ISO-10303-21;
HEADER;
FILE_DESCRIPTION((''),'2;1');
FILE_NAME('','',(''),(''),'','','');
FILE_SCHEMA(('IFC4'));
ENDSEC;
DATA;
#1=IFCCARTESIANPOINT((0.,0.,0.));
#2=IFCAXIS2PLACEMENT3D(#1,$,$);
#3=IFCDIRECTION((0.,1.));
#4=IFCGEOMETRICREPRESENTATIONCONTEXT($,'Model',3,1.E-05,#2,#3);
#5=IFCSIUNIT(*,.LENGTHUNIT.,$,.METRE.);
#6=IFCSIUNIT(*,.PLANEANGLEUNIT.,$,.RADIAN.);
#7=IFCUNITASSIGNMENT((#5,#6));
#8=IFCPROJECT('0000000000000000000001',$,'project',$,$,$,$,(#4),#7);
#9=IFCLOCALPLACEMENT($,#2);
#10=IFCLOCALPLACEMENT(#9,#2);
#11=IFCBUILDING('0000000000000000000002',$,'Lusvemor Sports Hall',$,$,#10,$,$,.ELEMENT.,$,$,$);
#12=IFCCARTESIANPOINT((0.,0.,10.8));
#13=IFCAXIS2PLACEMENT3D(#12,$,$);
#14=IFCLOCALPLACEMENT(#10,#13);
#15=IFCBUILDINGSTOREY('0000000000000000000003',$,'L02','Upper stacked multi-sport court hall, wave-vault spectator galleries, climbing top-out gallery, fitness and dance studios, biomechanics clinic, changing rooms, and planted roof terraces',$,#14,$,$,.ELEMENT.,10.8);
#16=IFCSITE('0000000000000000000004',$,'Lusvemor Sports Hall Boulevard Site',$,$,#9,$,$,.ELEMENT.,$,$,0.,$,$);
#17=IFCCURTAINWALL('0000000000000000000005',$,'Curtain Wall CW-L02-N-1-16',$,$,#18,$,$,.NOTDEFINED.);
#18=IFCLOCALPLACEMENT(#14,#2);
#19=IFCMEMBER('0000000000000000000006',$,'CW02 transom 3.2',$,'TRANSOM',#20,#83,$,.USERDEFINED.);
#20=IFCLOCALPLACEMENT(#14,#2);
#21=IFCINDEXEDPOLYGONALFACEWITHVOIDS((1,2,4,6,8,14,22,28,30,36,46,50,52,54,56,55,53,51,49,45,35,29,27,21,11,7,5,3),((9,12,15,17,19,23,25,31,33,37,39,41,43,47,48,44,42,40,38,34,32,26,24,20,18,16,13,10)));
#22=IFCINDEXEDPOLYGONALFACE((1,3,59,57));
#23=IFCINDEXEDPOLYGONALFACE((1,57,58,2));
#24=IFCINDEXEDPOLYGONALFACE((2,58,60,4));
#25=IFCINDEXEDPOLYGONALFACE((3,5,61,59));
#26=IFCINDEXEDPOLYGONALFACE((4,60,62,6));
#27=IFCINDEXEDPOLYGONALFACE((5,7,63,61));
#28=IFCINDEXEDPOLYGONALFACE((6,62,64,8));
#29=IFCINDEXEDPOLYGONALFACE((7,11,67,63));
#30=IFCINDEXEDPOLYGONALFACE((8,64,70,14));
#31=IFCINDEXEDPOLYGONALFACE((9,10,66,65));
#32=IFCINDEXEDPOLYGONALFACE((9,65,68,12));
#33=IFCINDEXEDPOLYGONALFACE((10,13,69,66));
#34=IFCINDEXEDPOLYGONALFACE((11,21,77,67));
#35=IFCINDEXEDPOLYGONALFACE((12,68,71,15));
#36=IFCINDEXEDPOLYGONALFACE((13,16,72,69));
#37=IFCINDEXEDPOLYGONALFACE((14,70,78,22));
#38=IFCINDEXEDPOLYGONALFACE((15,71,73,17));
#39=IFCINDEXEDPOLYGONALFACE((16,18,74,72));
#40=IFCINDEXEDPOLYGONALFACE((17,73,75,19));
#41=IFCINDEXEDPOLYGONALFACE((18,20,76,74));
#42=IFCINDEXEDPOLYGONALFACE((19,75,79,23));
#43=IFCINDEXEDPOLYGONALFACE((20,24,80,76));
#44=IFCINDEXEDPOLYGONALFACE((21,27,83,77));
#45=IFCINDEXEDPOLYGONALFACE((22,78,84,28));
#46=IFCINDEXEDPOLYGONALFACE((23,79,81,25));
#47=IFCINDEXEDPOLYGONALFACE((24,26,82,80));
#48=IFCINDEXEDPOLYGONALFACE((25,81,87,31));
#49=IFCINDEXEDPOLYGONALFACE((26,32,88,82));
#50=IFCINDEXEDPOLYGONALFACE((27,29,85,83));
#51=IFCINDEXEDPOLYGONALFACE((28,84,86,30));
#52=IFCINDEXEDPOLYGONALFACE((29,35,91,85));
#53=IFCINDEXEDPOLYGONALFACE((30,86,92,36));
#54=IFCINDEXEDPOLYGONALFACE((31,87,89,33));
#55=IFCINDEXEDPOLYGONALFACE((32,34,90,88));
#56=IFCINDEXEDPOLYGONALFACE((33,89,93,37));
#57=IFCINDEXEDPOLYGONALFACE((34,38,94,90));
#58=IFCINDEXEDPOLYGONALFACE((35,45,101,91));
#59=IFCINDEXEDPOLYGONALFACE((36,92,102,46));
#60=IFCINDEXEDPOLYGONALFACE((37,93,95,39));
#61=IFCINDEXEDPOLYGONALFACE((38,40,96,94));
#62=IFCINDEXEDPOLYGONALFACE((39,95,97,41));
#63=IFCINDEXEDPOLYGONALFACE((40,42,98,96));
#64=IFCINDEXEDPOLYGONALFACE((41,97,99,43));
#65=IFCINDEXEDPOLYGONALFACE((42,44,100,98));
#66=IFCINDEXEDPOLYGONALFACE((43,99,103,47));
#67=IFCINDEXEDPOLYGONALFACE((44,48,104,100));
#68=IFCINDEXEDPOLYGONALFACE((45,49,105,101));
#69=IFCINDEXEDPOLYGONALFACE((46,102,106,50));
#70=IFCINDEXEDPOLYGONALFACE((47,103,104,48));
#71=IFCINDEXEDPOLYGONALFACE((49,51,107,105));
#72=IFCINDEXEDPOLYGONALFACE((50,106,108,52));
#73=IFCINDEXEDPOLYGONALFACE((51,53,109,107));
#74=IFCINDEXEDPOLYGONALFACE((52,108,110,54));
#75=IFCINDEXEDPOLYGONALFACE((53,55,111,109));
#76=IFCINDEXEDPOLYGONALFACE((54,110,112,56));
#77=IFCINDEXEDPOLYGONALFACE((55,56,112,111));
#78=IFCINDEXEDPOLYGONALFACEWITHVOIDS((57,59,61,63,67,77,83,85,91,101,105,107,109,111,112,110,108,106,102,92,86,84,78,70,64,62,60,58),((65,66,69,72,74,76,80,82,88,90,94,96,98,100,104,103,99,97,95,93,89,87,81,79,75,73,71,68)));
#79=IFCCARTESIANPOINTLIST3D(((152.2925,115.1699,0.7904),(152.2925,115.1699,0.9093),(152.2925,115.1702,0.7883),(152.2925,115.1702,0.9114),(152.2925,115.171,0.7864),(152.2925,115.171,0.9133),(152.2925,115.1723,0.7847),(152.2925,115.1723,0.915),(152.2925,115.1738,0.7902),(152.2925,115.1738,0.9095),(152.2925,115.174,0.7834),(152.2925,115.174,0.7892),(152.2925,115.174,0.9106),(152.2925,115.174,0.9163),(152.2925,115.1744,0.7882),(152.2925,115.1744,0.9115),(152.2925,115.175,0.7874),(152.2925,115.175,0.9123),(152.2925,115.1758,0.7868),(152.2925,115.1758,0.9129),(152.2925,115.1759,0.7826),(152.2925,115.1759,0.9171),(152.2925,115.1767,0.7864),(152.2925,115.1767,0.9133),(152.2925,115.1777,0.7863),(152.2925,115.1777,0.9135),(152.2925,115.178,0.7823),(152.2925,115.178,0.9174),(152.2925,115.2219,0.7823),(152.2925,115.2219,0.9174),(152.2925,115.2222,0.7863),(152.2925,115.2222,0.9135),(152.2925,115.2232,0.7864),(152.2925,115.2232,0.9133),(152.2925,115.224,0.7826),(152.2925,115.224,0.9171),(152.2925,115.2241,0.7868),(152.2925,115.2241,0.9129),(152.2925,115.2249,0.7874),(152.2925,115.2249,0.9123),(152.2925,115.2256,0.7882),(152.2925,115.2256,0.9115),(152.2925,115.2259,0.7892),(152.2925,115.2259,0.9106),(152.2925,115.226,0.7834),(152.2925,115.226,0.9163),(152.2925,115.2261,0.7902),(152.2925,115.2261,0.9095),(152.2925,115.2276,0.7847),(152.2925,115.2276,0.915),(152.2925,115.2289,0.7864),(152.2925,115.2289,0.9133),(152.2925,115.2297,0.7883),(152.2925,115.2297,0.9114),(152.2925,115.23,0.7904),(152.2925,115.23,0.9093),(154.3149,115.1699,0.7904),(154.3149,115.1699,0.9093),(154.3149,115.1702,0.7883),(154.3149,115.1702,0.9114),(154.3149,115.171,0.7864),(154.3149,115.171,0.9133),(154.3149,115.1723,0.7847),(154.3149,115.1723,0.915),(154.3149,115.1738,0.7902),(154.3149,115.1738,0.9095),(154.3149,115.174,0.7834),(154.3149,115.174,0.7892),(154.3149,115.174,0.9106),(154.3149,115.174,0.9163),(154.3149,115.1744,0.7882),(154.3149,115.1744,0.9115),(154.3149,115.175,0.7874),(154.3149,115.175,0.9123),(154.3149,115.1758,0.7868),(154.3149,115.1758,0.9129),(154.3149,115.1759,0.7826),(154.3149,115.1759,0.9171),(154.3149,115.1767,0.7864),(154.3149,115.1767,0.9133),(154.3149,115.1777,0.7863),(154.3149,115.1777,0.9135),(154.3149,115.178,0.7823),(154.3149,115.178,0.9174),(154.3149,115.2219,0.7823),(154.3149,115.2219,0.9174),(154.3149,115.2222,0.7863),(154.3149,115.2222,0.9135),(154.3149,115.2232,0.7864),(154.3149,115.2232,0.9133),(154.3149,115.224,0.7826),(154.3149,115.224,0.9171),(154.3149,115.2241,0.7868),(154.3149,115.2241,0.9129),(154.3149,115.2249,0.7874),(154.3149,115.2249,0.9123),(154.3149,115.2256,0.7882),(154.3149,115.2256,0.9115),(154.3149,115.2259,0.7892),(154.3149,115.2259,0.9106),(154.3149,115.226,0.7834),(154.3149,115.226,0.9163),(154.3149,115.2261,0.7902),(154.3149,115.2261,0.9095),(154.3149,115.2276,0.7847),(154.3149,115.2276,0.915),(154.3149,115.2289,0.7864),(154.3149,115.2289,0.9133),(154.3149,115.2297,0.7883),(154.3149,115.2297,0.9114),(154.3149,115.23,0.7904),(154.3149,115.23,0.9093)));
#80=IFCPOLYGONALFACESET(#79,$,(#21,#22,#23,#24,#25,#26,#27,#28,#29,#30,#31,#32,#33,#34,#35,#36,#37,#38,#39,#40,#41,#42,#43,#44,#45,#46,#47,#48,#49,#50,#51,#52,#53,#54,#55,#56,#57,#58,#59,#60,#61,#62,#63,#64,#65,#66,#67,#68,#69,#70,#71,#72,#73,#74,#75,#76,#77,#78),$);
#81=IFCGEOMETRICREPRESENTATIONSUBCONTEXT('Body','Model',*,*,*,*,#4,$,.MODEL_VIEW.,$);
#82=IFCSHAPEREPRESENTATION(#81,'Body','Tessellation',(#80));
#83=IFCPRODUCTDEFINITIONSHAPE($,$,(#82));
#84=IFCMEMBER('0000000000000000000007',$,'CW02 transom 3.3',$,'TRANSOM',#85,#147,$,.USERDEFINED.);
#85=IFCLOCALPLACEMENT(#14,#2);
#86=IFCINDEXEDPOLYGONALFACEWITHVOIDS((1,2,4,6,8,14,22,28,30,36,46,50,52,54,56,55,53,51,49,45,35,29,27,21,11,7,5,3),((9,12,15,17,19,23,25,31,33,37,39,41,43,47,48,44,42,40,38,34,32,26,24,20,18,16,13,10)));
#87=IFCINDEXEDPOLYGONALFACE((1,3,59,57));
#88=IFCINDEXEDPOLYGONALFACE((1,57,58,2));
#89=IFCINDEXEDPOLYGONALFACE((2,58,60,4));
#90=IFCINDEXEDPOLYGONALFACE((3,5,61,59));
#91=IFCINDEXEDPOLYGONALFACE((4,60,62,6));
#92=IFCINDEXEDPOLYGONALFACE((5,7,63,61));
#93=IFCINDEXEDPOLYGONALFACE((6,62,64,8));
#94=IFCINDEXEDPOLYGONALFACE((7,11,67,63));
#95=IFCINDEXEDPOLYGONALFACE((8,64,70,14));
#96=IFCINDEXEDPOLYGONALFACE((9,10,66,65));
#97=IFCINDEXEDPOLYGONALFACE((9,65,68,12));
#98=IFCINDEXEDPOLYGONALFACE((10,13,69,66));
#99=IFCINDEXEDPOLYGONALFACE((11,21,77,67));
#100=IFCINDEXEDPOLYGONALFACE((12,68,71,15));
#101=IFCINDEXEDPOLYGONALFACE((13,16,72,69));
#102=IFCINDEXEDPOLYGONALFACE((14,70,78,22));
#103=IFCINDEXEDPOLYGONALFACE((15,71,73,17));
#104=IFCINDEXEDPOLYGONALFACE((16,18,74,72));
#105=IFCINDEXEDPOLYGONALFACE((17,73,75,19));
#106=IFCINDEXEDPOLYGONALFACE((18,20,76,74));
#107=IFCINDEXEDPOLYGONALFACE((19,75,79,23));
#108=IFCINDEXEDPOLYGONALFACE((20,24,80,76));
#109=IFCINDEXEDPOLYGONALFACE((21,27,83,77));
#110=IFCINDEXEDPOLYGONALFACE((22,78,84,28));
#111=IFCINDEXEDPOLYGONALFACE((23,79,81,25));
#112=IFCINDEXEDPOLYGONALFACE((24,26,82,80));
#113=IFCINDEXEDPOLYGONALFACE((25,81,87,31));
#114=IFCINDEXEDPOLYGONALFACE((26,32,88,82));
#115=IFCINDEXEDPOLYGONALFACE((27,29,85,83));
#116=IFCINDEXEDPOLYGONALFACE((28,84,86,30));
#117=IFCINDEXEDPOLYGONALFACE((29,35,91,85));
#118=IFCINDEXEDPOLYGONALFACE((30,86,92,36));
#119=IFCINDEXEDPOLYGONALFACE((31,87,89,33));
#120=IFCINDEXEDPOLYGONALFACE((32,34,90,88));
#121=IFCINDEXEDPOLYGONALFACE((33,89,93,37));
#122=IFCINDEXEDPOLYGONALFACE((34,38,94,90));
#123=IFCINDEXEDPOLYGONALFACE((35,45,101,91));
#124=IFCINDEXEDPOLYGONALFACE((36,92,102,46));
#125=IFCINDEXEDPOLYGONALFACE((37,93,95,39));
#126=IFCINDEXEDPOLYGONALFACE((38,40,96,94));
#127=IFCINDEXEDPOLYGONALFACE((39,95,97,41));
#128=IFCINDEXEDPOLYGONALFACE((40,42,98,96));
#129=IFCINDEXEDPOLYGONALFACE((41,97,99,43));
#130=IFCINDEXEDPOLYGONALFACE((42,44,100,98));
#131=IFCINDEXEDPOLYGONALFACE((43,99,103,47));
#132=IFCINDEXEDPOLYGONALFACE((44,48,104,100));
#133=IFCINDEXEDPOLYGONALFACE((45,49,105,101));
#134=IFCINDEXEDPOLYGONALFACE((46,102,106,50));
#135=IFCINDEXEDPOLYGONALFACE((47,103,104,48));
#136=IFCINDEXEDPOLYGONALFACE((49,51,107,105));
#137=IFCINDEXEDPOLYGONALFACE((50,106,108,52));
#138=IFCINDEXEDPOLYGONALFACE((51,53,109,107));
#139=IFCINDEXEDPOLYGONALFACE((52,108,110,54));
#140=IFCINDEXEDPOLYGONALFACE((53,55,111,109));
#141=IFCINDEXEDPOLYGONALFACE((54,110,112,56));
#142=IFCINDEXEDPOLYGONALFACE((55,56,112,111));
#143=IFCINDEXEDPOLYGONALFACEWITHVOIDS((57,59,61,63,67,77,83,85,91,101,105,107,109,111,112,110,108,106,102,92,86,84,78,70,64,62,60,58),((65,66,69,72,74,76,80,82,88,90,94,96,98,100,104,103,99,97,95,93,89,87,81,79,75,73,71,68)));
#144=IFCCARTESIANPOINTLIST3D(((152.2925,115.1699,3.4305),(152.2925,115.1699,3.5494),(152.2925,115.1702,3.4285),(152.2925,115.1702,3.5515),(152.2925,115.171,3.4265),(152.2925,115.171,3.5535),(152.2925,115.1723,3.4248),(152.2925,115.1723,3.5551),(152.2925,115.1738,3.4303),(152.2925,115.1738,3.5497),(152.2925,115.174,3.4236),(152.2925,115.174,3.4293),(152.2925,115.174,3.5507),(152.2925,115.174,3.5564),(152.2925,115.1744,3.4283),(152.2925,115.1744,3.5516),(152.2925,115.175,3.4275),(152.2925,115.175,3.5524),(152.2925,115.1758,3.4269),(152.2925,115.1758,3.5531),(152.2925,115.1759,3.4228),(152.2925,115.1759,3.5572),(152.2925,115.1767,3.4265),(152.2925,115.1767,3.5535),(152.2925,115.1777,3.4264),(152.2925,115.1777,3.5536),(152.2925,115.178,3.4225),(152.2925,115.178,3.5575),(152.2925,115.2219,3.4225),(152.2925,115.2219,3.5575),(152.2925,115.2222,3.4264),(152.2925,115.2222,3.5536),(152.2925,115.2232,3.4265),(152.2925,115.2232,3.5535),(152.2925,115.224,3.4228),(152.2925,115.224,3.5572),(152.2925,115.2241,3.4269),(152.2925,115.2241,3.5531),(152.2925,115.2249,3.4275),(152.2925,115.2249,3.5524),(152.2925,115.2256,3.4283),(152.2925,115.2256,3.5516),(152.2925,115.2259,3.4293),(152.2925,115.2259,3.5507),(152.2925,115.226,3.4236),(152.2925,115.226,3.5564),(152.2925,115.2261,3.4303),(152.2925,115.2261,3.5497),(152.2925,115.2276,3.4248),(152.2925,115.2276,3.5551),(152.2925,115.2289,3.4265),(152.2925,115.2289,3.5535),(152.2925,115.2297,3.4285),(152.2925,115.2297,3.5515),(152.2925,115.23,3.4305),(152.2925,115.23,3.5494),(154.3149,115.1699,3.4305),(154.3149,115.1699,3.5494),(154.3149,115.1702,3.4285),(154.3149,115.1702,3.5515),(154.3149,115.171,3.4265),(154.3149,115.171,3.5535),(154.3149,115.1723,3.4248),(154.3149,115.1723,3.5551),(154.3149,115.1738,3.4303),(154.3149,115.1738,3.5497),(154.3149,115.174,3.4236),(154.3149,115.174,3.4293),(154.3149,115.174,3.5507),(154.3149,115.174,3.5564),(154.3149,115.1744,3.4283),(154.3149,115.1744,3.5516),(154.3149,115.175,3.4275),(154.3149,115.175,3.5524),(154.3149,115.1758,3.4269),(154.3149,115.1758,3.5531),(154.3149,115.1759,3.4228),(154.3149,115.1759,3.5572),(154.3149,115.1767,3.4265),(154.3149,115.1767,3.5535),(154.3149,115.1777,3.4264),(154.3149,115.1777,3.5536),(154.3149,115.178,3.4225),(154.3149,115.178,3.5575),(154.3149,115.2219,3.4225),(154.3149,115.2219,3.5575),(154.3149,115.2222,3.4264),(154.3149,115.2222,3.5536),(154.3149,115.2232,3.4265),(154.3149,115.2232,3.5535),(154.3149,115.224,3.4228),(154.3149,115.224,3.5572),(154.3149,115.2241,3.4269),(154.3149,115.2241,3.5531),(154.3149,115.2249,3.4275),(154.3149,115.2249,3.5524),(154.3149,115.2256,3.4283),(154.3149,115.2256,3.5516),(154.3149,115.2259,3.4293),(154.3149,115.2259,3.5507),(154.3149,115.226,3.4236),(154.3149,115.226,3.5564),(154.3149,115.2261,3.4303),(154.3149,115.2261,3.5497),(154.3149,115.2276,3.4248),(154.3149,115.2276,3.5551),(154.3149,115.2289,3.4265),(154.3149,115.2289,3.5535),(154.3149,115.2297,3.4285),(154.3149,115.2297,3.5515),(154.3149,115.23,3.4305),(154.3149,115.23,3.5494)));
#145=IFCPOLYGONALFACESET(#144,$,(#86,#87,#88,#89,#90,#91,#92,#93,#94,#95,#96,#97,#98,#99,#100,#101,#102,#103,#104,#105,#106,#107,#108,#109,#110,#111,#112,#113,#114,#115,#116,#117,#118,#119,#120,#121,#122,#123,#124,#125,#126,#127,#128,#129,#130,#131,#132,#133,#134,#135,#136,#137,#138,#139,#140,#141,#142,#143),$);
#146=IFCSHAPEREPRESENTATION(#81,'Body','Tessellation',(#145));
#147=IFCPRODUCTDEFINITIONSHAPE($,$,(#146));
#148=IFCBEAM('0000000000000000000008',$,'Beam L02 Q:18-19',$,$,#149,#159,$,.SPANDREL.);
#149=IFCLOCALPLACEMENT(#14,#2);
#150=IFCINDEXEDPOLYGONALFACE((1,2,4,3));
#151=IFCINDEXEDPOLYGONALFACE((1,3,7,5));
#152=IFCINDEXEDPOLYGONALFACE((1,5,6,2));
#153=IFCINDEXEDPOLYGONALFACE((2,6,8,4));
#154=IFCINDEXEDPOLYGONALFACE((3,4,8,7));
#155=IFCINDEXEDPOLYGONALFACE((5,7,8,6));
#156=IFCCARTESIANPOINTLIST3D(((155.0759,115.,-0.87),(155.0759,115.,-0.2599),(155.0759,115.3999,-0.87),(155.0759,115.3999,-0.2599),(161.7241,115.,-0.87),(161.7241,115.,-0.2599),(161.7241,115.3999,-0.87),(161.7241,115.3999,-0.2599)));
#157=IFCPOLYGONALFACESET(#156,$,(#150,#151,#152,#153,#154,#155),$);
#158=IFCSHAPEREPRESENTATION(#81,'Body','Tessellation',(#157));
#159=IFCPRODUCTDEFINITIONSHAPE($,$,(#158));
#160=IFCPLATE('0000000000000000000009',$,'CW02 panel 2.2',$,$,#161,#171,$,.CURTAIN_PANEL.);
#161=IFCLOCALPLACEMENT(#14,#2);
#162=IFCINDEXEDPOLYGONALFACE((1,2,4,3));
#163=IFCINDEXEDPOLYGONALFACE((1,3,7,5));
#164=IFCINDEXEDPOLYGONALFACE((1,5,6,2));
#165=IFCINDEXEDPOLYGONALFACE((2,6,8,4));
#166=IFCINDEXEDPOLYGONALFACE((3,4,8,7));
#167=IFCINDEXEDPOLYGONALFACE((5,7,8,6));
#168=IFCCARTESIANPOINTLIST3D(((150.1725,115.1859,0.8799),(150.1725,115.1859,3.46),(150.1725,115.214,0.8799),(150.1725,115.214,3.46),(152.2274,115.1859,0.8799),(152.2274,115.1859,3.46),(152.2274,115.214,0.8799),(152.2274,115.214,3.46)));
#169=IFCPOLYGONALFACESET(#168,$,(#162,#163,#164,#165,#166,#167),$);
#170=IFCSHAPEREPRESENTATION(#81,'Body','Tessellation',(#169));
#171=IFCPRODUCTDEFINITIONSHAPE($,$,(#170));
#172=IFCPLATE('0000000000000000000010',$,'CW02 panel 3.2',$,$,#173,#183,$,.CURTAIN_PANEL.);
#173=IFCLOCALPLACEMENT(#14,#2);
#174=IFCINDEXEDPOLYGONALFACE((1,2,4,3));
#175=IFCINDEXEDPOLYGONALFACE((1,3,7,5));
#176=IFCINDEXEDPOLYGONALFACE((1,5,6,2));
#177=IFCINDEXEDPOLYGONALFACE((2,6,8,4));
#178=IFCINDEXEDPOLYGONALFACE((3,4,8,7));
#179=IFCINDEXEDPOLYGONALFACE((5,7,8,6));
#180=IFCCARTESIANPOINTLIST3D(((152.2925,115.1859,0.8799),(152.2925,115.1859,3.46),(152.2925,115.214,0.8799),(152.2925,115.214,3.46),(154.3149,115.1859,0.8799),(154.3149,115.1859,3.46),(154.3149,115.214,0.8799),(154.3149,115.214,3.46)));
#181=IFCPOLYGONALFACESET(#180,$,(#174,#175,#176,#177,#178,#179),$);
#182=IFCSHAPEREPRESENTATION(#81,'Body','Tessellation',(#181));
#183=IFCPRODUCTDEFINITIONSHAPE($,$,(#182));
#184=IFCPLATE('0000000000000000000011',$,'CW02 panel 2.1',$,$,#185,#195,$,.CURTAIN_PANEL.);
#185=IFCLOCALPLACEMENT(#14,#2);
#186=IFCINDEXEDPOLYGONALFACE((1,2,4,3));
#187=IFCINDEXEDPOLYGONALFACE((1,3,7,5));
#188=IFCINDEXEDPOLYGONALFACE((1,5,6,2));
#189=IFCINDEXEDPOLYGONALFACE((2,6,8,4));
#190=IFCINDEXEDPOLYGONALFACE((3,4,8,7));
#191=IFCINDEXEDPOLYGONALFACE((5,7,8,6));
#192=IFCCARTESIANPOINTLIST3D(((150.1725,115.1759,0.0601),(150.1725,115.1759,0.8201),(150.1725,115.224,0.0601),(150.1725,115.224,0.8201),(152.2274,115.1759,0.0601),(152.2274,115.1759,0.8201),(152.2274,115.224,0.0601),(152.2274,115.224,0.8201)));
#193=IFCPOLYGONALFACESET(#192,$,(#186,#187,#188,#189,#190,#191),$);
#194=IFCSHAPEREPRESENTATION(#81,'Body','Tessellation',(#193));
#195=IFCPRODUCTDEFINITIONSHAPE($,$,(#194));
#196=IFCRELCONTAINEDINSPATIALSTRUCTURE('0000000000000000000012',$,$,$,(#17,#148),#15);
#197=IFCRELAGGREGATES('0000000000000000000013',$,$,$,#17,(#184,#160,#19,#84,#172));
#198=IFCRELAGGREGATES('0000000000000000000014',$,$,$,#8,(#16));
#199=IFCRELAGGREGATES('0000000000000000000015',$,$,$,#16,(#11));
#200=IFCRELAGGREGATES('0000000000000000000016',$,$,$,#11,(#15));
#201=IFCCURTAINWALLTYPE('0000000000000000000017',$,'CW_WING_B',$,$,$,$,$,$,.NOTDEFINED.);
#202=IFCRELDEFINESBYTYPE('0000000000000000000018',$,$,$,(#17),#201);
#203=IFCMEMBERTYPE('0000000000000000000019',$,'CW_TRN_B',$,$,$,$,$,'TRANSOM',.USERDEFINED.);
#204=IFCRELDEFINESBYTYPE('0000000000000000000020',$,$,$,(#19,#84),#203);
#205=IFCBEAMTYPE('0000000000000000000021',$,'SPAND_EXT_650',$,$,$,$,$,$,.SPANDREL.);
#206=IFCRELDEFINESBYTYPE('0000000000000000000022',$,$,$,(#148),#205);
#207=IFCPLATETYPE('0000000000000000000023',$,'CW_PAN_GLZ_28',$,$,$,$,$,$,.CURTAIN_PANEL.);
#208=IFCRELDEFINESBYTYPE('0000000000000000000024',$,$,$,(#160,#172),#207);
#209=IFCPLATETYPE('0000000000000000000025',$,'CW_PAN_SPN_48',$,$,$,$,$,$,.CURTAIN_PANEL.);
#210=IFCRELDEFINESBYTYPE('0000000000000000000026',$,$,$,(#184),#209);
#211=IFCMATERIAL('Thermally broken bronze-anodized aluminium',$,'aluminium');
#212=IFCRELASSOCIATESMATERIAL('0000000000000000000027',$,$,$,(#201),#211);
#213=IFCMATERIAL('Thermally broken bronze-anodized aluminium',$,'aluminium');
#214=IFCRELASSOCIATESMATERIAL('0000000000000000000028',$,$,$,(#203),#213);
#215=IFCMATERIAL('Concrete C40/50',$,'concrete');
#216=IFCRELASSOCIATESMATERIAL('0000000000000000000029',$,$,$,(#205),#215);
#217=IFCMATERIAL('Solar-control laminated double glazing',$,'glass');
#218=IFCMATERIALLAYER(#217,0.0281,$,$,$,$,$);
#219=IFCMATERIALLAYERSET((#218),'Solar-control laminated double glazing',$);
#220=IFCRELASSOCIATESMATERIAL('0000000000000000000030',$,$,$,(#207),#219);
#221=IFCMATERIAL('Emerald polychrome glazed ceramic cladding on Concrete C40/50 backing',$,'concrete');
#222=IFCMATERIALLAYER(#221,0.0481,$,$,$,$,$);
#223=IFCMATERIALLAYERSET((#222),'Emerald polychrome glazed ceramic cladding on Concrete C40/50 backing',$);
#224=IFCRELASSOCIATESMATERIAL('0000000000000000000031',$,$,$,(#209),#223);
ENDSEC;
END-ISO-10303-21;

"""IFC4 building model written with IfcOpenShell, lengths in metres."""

from ifc_helpers import new_model, si_unit, direction, frame, origin, origin_2d, place, context, subcontext, project, spatial, rectangle, hollow_rectangle, extrude, material, layer, layer_set, material_profile, profile_set, type_object, element, aggregate, save


model = new_model("IFC4")

# Units and contexts
model_context = context("Model", 3, precision=1e-05, world=origin(), true_north=direction((0.0, 1.0)))
body_context = subcontext(model_context, "Body", "Model", "MODEL_VIEW")
ifc_project = project(units=[si_unit("LENGTHUNIT", "METRE"), si_unit("PLANEANGLEUNIT", "RADIAN")], contexts=[model_context])

# Site, building, storey
site_placement = place(None, origin())
site = spatial("IfcSite", under=ifc_project, at=site_placement, Name="Lusvemor Sports Hall Boulevard Site", CompositionType="ELEMENT", RefElevation=0.0)
building_placement = place(site_placement, origin())
building = spatial("IfcBuilding", under=site, at=building_placement, Name="Lusvemor Sports Hall", CompositionType="ELEMENT")
storey_placement = place(building_placement, frame((0.0, 0.0, 10.8)))
storey = spatial("IfcBuildingStorey", under=building, at=storey_placement, Name="L02", Description="Upper stacked multi-sport court hall, wave-vault spectator galleries, climbing top-out gallery, fitness and dance studios, biomechanics clinic, changing rooms, and planted roof terraces", CompositionType="ELEMENT", Elevation=10.8)

# Curtain wall
ifc_material_1 = material(Name="Thermally broken bronze-anodized aluminium", Category="aluminium")
curtain_wall_type = type_object("IfcCurtainWallType", Name="CW_WING_B", PredefinedType="NOTDEFINED", material=ifc_material_1)
curtain_wall_1_placement = place(storey_placement, origin())
curtain_wall_1 = element("IfcCurtainWall", 1, at=curtain_wall_1_placement, inside=storey, type_object=curtain_wall_type, Name="Curtain Wall CW-L02-N-1-16", PredefinedType="NOTDEFINED")

# Members
ifc_material_2 = material(Name="Thermally broken bronze-anodized aluminium", Category="aluminium")
ifc_material_profile_1 = material_profile(ifc_material_2, hollow_rectangle(XDim=0.0601, YDim=0.135, WallThickness=0.0039, InnerFilletRadius=0.0039, OuterFilletRadius=0.0081, at=origin_2d()), Name="CWTRN135x60x4")
ifc_profile_set_1 = profile_set([ifc_material_profile_1], Name="Thermally broken bronze-anodized aluminium")
member_type_1 = type_object("IfcMemberType", Name="CW_TRN_B", ElementType="TRANSOM", PredefinedType="USERDEFINED", material=ifc_profile_set_1)
member_1_placement = place(storey_placement, frame((152.2925, 115.2, 0.8499), z_axis=(1.0, 0.0, 0.0), x_axis=(0.0, 1.0, 0.0)))
member_1 = element("IfcMember", 2, at=member_1_placement, type_object=member_type_1, Name="CW02 transom 3.2", ObjectType="TRANSOM", PredefinedType="USERDEFINED", context=body_context, shape_type="SweptSolid", body=[
    extrude(hollow_rectangle(XDim=0.0601, YDim=0.135, WallThickness=0.0039, InnerFilletRadius=0.0039, OuterFilletRadius=0.0081, at=origin_2d()), origin(), (0.0, 0.0, 1.0), 2.0225),
])
member_2_placement = place(storey_placement, frame((152.2925, 115.2, 3.49), z_axis=(1.0, 0.0, 0.0), x_axis=(0.0, 1.0, 0.0)))
member_2 = element("IfcMember", 3, at=member_2_placement, type_object=member_type_1, Name="CW02 transom 3.3", ObjectType="TRANSOM", PredefinedType="USERDEFINED", context=body_context, shape_type="SweptSolid", body=[
    extrude(hollow_rectangle(XDim=0.0601, YDim=0.135, WallThickness=0.0039, InnerFilletRadius=0.0039, OuterFilletRadius=0.0081, at=origin_2d()), origin(), (0.0, 0.0, 1.0), 2.0225),
])

# Beam
ifc_material_3 = material(Name="Concrete C40/50", Category="concrete")
ifc_material_profile_2 = material_profile(ifc_material_3, rectangle(XDim=0.3999, YDim=0.6101, at=origin_2d()), Name="RC400x610")
ifc_profile_set_2 = profile_set([ifc_material_profile_2], Name="Concrete C40/50")
beam_type = type_object("IfcBeamType", Name="SPAND_EXT_650", PredefinedType="SPANDREL", material=ifc_profile_set_2)
beam_placement = place(storey_placement, frame((155.0759, 115.2, -0.5649), z_axis=(1.0, 0.0, 0.0), x_axis=(0.0, 1.0, 0.0)))
element("IfcBeam", 4, at=beam_placement, inside=storey, type_object=beam_type, Name="Beam L02 Q:18-19", PredefinedType="SPANDREL", context=body_context, shape_type="SweptSolid", body=[
    extrude(rectangle(XDim=0.3999, YDim=0.6101, at=origin_2d()), origin(), (0.0, 0.0, 1.0), 6.6482),
])

# Plates
ifc_material_4 = material(Name="Solar-control laminated double glazing", Category="glass")
ifc_layer_1 = layer(ifc_material_4, 0.0281)
ifc_layer_set_1 = layer_set([ifc_layer_1], Name="Solar-control laminated double glazing")
plate_type_1 = type_object("IfcPlateType", Name="CW_PAN_GLZ_28", PredefinedType="CURTAIN_PANEL", material=ifc_layer_set_1)
plate_1_placement = place(storey_placement, frame((151.2, 115.2, 0.8799), z_axis=(0.0, 0.0, 1.0), x_axis=(1.0, 0.0, 0.0)))
plate_1 = element("IfcPlate", 5, at=plate_1_placement, type_object=plate_type_1, Name="CW02 panel 2.2", PredefinedType="CURTAIN_PANEL", context=body_context, shape_type="SweptSolid", body=[
    extrude(rectangle(XDim=2.0549, YDim=0.0281, at=origin_2d()), origin(), (0.0, 0.0, 1.0), 2.5801),
])
plate_2_placement = place(storey_placement, frame((153.3037, 115.2, 0.8799), z_axis=(0.0, 0.0, 1.0), x_axis=(1.0, 0.0, 0.0)))
plate_2 = element("IfcPlate", 6, at=plate_2_placement, type_object=plate_type_1, Name="CW02 panel 3.2", PredefinedType="CURTAIN_PANEL", context=body_context, shape_type="SweptSolid", body=[
    extrude(rectangle(XDim=2.0225, YDim=0.0281, at=origin_2d()), origin(), (0.0, 0.0, 1.0), 2.5801),
])
ifc_material_5 = material(Name="Emerald polychrome glazed ceramic cladding on Concrete C40/50 backing", Category="concrete")
ifc_layer_2 = layer(ifc_material_5, 0.0481)
ifc_layer_set_2 = layer_set([ifc_layer_2], Name="Emerald polychrome glazed ceramic cladding on Concrete C40/50 backing")
plate_type_2 = type_object("IfcPlateType", Name="CW_PAN_SPN_48", PredefinedType="CURTAIN_PANEL", material=ifc_layer_set_2)
plate_3_placement = place(storey_placement, frame((151.2, 115.2, 0.0601), z_axis=(0.0, 0.0, 1.0), x_axis=(1.0, 0.0, 0.0)))
plate_3 = element("IfcPlate", 7, at=plate_3_placement, type_object=plate_type_2, Name="CW02 panel 2.1", PredefinedType="CURTAIN_PANEL", context=body_context, shape_type="SweptSolid", body=[
    extrude(rectangle(XDim=2.0549, YDim=0.0481, at=origin_2d()), origin(), (0.0, 0.0, 1.0), 0.76),
])
aggregate(curtain_wall_1, [plate_3, plate_1, member_1, member_2, plate_2])

save(model, "model.ifc")
